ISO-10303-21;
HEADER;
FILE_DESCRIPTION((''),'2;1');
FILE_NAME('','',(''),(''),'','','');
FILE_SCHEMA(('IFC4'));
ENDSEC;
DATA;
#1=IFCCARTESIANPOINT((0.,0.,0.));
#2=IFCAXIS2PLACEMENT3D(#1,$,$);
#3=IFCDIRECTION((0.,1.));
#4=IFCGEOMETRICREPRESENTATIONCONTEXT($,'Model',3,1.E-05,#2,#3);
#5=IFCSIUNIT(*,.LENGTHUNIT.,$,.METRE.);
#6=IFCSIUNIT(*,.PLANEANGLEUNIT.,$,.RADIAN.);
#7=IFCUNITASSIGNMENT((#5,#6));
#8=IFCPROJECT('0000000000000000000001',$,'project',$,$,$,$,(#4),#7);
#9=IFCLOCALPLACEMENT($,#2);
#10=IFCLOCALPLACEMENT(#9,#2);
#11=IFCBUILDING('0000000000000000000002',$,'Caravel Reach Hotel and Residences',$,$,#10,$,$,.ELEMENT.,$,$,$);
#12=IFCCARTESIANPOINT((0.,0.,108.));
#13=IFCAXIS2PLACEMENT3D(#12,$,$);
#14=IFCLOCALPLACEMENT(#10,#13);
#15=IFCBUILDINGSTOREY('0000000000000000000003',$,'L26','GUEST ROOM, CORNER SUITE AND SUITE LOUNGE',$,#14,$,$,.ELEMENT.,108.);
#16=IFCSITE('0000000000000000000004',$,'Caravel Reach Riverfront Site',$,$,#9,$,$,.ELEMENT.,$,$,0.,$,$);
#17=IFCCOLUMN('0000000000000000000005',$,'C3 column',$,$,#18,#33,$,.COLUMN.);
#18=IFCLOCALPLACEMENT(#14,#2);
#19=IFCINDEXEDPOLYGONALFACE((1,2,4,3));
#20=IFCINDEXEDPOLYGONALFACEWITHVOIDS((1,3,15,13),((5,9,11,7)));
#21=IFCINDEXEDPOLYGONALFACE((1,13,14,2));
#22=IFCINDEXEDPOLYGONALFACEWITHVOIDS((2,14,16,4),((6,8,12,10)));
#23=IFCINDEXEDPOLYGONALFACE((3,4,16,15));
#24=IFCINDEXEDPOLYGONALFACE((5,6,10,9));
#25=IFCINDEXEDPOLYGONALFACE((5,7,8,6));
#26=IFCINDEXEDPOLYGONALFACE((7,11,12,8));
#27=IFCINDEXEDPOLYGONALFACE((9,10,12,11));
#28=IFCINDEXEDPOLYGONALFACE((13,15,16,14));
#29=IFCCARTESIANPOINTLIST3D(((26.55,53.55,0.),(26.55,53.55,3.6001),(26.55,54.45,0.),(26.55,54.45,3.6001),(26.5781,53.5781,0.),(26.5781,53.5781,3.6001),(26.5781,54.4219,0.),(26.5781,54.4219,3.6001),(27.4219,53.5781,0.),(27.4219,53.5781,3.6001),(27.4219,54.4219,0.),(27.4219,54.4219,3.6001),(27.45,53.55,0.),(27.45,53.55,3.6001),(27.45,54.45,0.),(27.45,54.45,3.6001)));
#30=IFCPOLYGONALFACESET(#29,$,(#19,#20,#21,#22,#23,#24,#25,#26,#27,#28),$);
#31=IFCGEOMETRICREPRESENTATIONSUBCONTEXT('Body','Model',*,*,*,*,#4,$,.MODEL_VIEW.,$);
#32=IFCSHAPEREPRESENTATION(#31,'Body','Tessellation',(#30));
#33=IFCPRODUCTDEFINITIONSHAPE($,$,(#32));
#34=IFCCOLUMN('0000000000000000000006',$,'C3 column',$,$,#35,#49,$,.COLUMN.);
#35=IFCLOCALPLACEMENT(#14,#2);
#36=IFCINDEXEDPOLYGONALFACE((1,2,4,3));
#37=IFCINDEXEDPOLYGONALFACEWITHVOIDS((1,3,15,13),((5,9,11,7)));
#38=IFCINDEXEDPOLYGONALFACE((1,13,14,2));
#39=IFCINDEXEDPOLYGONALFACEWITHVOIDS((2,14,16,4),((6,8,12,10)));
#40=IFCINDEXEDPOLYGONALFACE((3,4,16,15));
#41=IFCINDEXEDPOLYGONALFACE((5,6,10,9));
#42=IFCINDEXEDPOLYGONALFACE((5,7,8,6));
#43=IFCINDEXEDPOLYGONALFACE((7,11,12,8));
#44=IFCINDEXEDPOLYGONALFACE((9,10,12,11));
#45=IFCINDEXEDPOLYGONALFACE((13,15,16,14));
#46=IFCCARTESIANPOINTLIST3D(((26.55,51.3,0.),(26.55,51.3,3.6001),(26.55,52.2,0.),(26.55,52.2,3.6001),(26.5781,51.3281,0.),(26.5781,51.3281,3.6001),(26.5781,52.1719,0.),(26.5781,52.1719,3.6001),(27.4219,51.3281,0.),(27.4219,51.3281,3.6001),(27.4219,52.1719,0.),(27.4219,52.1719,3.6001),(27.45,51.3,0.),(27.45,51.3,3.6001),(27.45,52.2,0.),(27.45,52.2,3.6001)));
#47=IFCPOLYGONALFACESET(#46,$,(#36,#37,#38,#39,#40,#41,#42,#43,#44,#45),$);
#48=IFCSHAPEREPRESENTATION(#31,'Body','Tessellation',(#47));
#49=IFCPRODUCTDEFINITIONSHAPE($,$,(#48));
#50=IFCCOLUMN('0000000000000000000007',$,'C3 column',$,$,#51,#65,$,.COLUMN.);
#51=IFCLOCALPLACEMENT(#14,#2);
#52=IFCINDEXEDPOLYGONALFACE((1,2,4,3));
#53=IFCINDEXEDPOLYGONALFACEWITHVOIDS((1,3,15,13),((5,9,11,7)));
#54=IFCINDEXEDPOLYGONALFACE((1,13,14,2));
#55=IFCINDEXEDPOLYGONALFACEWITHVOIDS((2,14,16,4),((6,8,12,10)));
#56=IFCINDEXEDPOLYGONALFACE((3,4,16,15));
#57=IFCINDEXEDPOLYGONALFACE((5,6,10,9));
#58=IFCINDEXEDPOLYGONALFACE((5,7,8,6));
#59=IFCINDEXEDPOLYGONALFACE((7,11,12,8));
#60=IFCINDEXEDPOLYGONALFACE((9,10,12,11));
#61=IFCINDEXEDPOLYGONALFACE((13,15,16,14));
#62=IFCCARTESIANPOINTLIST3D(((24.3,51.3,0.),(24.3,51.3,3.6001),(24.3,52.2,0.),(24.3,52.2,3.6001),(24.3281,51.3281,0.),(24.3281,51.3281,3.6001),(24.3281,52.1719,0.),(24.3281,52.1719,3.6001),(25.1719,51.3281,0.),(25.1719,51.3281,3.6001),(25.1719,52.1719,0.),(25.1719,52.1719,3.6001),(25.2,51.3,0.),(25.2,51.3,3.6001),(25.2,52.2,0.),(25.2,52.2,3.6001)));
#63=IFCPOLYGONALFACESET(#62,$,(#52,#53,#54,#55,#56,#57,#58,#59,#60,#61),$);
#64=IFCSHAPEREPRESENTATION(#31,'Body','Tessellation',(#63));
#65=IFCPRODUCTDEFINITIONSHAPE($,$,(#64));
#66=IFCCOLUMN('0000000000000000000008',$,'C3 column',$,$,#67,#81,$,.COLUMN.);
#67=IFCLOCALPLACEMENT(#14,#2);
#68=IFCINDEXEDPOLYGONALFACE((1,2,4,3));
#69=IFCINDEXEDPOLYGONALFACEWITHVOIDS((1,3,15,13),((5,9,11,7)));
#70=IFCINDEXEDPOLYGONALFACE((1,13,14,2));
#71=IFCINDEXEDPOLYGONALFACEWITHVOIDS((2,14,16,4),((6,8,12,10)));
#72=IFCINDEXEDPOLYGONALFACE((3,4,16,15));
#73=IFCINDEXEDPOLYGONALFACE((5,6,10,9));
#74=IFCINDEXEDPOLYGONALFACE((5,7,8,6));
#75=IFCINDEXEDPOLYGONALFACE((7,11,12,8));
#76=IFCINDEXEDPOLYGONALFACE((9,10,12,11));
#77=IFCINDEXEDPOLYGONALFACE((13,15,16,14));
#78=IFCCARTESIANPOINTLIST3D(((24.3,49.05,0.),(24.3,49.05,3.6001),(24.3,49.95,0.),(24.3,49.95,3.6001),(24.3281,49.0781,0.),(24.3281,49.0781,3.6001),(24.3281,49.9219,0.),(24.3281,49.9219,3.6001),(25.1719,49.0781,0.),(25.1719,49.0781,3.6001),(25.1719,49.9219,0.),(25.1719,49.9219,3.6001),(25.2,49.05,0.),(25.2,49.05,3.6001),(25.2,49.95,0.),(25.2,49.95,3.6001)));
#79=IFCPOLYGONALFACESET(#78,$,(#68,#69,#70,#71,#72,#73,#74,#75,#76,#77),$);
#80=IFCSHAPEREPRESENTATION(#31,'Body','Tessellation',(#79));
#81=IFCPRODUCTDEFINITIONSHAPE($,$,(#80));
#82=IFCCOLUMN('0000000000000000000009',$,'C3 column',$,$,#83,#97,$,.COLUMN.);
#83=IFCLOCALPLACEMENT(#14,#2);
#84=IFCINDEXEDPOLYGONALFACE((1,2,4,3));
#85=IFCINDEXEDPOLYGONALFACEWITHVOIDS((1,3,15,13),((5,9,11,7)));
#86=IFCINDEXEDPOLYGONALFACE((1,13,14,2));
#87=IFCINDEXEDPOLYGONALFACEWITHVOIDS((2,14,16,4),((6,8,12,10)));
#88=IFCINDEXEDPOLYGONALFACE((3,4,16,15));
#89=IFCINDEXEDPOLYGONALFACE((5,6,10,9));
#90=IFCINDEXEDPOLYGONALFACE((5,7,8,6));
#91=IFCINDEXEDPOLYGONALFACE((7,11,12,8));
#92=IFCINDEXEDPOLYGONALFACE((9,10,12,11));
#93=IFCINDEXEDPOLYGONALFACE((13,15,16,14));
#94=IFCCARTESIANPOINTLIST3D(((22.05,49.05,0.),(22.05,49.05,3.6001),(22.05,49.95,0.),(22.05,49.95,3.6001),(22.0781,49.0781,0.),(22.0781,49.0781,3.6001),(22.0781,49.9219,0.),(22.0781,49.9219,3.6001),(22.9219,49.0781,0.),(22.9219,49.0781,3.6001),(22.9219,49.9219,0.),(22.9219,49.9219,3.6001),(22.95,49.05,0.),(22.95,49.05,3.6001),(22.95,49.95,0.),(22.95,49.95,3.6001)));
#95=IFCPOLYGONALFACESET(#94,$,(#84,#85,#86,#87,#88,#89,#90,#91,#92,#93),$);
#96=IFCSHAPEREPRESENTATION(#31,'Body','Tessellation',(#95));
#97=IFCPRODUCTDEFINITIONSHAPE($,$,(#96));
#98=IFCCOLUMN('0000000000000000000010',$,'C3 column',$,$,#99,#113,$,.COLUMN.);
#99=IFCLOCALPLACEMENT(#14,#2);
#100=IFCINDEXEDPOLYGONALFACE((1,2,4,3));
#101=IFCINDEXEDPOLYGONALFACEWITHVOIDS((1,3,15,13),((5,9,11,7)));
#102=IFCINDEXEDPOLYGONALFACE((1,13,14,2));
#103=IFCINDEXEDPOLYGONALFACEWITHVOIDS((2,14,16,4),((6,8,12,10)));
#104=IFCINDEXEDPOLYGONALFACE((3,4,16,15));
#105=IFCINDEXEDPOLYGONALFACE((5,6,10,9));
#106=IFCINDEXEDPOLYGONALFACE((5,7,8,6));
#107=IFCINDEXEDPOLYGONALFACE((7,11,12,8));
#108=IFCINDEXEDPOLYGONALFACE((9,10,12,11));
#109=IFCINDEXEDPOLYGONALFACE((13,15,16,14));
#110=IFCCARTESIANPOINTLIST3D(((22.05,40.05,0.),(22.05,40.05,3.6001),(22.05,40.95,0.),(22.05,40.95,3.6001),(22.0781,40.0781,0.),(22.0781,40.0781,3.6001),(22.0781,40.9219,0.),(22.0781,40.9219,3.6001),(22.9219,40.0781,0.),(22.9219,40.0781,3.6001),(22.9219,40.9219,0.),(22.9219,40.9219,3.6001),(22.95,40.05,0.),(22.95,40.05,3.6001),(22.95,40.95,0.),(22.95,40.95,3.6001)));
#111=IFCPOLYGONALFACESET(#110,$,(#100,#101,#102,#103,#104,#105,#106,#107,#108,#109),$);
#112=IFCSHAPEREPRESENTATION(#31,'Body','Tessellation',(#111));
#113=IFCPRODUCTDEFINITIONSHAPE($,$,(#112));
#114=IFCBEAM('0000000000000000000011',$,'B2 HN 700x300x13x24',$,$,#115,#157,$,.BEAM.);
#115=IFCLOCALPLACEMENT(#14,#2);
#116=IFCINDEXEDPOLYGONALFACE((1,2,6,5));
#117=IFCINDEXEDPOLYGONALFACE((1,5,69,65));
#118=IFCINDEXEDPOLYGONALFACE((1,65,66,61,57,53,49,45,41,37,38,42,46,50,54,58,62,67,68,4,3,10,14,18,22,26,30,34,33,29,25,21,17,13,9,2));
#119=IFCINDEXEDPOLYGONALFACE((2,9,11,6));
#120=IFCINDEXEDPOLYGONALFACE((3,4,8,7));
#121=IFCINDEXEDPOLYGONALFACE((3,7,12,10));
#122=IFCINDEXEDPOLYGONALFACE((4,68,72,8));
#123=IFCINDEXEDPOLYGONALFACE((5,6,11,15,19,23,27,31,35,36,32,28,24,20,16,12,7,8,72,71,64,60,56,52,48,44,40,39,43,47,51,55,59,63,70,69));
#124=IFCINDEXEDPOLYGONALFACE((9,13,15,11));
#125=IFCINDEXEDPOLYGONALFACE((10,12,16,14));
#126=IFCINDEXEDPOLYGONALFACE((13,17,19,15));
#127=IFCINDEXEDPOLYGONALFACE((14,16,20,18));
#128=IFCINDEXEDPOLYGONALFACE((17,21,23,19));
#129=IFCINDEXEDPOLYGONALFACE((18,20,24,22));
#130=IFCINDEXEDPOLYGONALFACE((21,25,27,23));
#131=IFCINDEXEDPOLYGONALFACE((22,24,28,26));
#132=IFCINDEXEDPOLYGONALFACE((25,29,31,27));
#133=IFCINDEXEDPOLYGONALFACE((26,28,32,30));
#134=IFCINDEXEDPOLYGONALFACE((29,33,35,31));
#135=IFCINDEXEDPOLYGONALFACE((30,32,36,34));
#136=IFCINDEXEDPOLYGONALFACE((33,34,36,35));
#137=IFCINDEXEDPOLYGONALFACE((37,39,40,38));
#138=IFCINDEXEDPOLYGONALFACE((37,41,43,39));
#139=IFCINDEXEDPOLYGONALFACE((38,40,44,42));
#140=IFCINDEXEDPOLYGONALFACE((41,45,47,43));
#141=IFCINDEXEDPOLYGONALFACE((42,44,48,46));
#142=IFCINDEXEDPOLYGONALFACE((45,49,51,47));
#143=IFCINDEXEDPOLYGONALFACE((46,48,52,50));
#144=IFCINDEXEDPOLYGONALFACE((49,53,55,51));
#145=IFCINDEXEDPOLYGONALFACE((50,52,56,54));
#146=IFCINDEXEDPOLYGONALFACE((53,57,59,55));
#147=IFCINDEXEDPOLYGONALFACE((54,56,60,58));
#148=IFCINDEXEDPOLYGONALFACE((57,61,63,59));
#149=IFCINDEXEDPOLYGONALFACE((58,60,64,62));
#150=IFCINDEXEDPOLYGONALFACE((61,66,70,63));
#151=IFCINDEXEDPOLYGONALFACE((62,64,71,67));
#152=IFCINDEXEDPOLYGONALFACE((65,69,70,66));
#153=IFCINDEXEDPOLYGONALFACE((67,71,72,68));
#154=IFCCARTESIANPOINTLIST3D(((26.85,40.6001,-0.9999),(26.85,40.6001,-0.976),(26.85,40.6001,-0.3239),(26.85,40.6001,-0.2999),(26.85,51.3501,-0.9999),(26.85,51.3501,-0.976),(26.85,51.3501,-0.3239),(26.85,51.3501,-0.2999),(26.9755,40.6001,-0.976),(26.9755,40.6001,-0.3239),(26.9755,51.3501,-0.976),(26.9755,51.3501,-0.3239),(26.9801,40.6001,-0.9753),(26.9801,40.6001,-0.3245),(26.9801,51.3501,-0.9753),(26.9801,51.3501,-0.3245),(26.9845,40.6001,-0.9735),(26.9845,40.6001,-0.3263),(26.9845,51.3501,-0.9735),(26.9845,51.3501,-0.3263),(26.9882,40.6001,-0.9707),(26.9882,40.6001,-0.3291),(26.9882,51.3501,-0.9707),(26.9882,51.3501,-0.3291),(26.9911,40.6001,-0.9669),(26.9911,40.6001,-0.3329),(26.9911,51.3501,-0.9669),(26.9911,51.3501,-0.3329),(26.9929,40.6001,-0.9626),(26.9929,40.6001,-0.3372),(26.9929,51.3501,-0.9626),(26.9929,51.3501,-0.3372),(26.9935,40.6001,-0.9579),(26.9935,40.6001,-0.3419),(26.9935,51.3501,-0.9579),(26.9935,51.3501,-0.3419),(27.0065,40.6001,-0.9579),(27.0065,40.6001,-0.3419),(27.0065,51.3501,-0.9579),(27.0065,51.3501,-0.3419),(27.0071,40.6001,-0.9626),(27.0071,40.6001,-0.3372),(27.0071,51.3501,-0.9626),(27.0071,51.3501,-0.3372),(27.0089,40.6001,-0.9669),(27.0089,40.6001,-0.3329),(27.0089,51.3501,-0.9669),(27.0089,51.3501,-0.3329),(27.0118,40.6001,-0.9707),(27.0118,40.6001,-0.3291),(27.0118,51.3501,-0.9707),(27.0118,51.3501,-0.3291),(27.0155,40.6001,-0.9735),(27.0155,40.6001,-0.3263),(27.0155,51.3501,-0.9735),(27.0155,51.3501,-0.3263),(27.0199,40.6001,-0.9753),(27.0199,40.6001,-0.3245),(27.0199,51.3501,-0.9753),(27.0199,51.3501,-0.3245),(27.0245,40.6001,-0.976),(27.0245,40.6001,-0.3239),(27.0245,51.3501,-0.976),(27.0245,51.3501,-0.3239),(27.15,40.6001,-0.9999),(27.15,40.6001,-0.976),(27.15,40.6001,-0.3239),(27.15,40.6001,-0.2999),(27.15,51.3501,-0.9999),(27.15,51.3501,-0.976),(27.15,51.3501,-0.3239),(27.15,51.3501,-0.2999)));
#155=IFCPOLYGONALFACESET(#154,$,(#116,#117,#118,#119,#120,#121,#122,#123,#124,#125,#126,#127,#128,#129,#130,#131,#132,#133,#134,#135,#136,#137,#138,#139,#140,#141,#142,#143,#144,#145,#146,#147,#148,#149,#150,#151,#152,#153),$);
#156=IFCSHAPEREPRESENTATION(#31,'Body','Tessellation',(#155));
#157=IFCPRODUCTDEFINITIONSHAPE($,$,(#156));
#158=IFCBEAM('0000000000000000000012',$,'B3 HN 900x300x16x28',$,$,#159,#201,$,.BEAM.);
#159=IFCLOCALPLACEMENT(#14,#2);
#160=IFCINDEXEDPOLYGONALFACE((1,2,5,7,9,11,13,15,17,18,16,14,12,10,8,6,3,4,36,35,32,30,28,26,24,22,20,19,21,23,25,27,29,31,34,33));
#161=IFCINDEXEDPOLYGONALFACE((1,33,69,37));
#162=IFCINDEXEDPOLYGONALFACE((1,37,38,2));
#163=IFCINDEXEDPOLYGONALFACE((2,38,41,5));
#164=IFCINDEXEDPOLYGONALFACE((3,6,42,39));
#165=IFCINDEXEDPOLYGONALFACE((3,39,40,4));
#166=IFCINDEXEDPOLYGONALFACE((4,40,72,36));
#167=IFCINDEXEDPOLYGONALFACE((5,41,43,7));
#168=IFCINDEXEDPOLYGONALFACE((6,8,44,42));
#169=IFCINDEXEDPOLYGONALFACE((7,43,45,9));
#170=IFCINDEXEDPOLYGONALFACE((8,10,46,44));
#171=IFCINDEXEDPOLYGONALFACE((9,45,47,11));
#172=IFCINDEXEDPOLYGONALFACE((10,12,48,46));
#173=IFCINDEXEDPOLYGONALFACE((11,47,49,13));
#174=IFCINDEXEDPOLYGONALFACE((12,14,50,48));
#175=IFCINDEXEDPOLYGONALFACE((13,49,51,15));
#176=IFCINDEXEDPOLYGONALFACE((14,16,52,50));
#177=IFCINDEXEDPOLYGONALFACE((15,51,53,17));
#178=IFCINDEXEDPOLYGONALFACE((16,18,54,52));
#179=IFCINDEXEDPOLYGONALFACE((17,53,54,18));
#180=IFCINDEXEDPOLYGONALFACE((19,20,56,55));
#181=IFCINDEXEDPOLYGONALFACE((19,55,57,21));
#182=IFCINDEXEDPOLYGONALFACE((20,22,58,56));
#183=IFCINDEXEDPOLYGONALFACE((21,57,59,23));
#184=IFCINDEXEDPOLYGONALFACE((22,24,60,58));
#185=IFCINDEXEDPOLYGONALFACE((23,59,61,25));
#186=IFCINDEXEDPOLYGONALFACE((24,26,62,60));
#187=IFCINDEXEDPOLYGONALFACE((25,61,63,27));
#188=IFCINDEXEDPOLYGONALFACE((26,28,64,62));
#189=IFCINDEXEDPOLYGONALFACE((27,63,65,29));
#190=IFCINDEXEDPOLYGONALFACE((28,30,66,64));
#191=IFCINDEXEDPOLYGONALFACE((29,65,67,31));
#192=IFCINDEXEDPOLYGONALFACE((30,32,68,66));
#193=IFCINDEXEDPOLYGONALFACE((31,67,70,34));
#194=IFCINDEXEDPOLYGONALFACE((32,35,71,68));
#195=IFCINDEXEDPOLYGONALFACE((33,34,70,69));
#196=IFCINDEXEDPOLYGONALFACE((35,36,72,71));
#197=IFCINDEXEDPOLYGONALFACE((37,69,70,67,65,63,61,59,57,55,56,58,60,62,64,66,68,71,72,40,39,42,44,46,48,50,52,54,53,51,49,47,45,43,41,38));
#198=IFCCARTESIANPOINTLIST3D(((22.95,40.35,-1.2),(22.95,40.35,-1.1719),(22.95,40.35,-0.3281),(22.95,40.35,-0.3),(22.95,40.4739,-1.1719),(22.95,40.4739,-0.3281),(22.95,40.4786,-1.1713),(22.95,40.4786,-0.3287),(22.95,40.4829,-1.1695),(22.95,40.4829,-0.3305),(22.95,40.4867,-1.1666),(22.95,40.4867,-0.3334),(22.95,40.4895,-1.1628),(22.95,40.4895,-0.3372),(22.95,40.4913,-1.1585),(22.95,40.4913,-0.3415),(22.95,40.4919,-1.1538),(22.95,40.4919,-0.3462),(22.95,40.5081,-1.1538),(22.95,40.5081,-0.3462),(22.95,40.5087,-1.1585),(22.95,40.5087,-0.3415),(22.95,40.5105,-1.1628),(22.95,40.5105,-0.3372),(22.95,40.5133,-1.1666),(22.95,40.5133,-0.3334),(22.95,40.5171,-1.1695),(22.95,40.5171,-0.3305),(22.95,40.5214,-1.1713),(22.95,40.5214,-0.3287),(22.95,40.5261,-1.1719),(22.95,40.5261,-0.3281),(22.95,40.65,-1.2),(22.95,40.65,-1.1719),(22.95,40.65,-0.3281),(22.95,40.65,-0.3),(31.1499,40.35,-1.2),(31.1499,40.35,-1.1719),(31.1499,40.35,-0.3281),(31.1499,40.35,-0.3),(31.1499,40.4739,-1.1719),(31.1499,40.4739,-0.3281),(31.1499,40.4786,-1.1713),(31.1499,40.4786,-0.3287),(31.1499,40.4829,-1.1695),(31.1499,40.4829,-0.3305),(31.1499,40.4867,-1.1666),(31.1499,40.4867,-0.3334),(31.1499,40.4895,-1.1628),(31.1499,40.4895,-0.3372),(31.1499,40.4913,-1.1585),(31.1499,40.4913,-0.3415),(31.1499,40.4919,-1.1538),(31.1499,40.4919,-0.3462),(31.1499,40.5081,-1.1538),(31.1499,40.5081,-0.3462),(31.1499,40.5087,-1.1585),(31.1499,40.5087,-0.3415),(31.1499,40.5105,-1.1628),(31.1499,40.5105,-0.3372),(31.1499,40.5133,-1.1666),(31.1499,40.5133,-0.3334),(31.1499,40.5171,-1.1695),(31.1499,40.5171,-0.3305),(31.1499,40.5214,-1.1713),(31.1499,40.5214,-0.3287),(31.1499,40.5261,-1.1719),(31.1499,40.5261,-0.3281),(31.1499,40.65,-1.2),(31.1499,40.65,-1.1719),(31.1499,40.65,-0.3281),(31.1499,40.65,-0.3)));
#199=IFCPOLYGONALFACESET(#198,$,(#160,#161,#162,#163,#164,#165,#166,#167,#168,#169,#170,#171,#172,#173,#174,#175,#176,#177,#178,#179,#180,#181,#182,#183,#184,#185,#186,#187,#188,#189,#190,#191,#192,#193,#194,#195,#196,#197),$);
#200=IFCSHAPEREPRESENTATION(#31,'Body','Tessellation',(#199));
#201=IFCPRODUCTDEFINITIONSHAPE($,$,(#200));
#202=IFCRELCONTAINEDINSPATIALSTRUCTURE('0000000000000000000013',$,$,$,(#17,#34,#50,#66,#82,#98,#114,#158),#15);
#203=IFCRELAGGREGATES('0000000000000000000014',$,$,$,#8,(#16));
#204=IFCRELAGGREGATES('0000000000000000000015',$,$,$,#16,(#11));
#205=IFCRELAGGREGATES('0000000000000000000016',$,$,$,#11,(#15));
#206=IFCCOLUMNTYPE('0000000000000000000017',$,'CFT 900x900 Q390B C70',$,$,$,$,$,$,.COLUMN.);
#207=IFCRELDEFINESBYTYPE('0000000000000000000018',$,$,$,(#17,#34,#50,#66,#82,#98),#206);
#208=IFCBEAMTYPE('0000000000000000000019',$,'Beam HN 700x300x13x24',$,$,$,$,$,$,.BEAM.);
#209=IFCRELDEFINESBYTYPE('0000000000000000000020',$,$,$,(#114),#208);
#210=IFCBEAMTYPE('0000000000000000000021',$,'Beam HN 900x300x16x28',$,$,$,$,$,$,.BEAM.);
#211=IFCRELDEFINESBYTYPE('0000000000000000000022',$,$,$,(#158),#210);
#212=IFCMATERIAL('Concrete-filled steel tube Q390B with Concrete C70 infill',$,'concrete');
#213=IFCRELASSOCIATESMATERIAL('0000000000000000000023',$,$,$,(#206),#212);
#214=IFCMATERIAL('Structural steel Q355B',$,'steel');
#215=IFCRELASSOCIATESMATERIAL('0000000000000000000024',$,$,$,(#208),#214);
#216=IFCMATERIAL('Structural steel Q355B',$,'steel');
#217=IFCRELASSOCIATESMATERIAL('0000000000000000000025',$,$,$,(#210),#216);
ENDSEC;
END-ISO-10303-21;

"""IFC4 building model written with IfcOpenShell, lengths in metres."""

from ifc_helpers import new_model, si_unit, direction, frame, origin, origin_2d, place, context, subcontext, project, spatial, hollow_rectangle, i_section, extrude, material, material_profile, profile_set, type_object, element, save


model = new_model("IFC4")

# Units and contexts
model_context = context("Model", 3, precision=1e-05, world=origin(), true_north=direction((0.0, 1.0)))
body_context = subcontext(model_context, "Body", "Model", "MODEL_VIEW")
ifc_project = project(units=[si_unit("LENGTHUNIT", "METRE"), si_unit("PLANEANGLEUNIT", "RADIAN")], contexts=[model_context])

# Site, building, storey
site_placement = place(None, origin())
site = spatial("IfcSite", under=ifc_project, at=site_placement, Name="Caravel Reach Riverfront Site", CompositionType="ELEMENT", RefElevation=0.0)
building_placement = place(site_placement, origin())
building = spatial("IfcBuilding", under=site, at=building_placement, Name="Caravel Reach Hotel and Residences", CompositionType="ELEMENT")
storey_placement = place(building_placement, frame((0.0, 0.0, 108.0)))
storey = spatial("IfcBuildingStorey", under=building, at=storey_placement, Name="L26", Description="GUEST ROOM, CORNER SUITE AND SUITE LOUNGE", CompositionType="ELEMENT", Elevation=108.0)

# Columns
ifc_material_1 = material(Name="Concrete-filled steel tube Q390B with Concrete C70 infill", Category="concrete")
ifc_material_profile_1 = material_profile(ifc_material_1, hollow_rectangle(XDim=0.8999, YDim=0.8999, WallThickness=0.0281, at=origin_2d()), Name="RHS 900x900x28")
ifc_profile_set_1 = profile_set([ifc_material_profile_1], Name="Concrete-filled steel tube Q390B with Concrete C70 infill")
column_type = type_object("IfcColumnType", Name="CFT 900x900 Q390B C70", PredefinedType="COLUMN", material=ifc_profile_set_1)
for number, where, z_axis, x_axis, name in (
    (1, (27.0, 54.0, 0.0), (0.0, 0.0, 1.0), (1.0, 0.0, 0.0), "C3 column"),
    (2, (27.0, 51.75, 0.0), (0.0, 0.0, 1.0), (1.0, 0.0, 0.0), "C3 column"),
    (3, (24.75, 51.75, 0.0), (0.0, 0.0, 1.0), (1.0, 0.0, 0.0), "C3 column"),
    (4, (24.75, 49.5, 0.0), (0.0, 0.0, 1.0), (1.0, 0.0, 0.0), "C3 column"),
    (5, (22.5, 49.5, 0.0), (0.0, 0.0, 1.0), (1.0, 0.0, 0.0), "C3 column"),
    (6, (22.5, 40.5, 0.0), (0.0, 0.0, 1.0), (1.0, 0.0, 0.0), "C3 column"),
):
    element("IfcColumn", number, at=place(storey_placement, frame(where, z_axis=z_axis, x_axis=x_axis)), inside=storey, type_object=column_type, Name=name, PredefinedType="COLUMN", context=body_context, shape_type="SweptSolid", body=[
        extrude(hollow_rectangle(XDim=0.8999, YDim=0.8999, WallThickness=0.0281, at=origin_2d()), origin(), (0.0, 0.0, 1.0), 3.6001),
    ])

# Beams
ifc_material_2 = material(Name="Structural steel Q355B", Category="steel")
ifc_material_profile_2 = material_profile(ifc_material_2, i_section(OverallWidth=0.3, OverallDepth=0.7, WebThickness=0.0129, FlangeThickness=0.0239, FilletRadius=0.0181, at=origin_2d()), Name="HN 700x300x13x24")
ifc_profile_set_2 = profile_set([ifc_material_profile_2], Name="Structural steel Q355B")
beam_type_1 = type_object("IfcBeamType", Name="Beam HN 700x300x13x24", PredefinedType="BEAM", material=ifc_profile_set_2)
beam_1_placement = place(storey_placement, frame((27.0, 40.6001, -0.6499), z_axis=(0.0, 1.0, 0.0), x_axis=(-1.0, 0.0, 0.0)))
element("IfcBeam", 7, at=beam_1_placement, inside=storey, type_object=beam_type_1, Name="B2 HN 700x300x13x24", PredefinedType="BEAM", context=body_context, shape_type="SweptSolid", body=[
    extrude(i_section(OverallWidth=0.3, OverallDepth=0.7, WebThickness=0.0129, FlangeThickness=0.0239, FilletRadius=0.0181, at=origin_2d()), origin(), (0.0, 0.0, 1.0), 10.75),
])
ifc_material_3 = material(Name="Structural steel Q355B", Category="steel")
ifc_material_profile_3 = material_profile(ifc_material_3, i_section(OverallWidth=0.3, OverallDepth=0.8999, WebThickness=0.0161, FlangeThickness=0.0281, FilletRadius=0.0181, at=origin_2d()), Name="HN 900x300x16x28")
ifc_profile_set_3 = profile_set([ifc_material_profile_3], Name="Structural steel Q355B")
beam_type_2 = type_object("IfcBeamType", Name="Beam HN 900x300x16x28", PredefinedType="BEAM", material=ifc_profile_set_3)
beam_2_placement = place(storey_placement, frame((22.95, 40.5, -0.75), z_axis=(1.0, 0.0, 0.0), x_axis=(0.0, 1.0, 0.0)))
element("IfcBeam", 8, at=beam_2_placement, inside=storey, type_object=beam_type_2, Name="B3 HN 900x300x16x28", PredefinedType="BEAM", context=body_context, shape_type="SweptSolid", body=[
    extrude(i_section(OverallWidth=0.3, OverallDepth=0.8999, WebThickness=0.0161, FlangeThickness=0.0281, FilletRadius=0.0181, at=origin_2d()), origin(), (0.0, 0.0, 1.0), 8.2),
])

save(model, "model.ifc")
